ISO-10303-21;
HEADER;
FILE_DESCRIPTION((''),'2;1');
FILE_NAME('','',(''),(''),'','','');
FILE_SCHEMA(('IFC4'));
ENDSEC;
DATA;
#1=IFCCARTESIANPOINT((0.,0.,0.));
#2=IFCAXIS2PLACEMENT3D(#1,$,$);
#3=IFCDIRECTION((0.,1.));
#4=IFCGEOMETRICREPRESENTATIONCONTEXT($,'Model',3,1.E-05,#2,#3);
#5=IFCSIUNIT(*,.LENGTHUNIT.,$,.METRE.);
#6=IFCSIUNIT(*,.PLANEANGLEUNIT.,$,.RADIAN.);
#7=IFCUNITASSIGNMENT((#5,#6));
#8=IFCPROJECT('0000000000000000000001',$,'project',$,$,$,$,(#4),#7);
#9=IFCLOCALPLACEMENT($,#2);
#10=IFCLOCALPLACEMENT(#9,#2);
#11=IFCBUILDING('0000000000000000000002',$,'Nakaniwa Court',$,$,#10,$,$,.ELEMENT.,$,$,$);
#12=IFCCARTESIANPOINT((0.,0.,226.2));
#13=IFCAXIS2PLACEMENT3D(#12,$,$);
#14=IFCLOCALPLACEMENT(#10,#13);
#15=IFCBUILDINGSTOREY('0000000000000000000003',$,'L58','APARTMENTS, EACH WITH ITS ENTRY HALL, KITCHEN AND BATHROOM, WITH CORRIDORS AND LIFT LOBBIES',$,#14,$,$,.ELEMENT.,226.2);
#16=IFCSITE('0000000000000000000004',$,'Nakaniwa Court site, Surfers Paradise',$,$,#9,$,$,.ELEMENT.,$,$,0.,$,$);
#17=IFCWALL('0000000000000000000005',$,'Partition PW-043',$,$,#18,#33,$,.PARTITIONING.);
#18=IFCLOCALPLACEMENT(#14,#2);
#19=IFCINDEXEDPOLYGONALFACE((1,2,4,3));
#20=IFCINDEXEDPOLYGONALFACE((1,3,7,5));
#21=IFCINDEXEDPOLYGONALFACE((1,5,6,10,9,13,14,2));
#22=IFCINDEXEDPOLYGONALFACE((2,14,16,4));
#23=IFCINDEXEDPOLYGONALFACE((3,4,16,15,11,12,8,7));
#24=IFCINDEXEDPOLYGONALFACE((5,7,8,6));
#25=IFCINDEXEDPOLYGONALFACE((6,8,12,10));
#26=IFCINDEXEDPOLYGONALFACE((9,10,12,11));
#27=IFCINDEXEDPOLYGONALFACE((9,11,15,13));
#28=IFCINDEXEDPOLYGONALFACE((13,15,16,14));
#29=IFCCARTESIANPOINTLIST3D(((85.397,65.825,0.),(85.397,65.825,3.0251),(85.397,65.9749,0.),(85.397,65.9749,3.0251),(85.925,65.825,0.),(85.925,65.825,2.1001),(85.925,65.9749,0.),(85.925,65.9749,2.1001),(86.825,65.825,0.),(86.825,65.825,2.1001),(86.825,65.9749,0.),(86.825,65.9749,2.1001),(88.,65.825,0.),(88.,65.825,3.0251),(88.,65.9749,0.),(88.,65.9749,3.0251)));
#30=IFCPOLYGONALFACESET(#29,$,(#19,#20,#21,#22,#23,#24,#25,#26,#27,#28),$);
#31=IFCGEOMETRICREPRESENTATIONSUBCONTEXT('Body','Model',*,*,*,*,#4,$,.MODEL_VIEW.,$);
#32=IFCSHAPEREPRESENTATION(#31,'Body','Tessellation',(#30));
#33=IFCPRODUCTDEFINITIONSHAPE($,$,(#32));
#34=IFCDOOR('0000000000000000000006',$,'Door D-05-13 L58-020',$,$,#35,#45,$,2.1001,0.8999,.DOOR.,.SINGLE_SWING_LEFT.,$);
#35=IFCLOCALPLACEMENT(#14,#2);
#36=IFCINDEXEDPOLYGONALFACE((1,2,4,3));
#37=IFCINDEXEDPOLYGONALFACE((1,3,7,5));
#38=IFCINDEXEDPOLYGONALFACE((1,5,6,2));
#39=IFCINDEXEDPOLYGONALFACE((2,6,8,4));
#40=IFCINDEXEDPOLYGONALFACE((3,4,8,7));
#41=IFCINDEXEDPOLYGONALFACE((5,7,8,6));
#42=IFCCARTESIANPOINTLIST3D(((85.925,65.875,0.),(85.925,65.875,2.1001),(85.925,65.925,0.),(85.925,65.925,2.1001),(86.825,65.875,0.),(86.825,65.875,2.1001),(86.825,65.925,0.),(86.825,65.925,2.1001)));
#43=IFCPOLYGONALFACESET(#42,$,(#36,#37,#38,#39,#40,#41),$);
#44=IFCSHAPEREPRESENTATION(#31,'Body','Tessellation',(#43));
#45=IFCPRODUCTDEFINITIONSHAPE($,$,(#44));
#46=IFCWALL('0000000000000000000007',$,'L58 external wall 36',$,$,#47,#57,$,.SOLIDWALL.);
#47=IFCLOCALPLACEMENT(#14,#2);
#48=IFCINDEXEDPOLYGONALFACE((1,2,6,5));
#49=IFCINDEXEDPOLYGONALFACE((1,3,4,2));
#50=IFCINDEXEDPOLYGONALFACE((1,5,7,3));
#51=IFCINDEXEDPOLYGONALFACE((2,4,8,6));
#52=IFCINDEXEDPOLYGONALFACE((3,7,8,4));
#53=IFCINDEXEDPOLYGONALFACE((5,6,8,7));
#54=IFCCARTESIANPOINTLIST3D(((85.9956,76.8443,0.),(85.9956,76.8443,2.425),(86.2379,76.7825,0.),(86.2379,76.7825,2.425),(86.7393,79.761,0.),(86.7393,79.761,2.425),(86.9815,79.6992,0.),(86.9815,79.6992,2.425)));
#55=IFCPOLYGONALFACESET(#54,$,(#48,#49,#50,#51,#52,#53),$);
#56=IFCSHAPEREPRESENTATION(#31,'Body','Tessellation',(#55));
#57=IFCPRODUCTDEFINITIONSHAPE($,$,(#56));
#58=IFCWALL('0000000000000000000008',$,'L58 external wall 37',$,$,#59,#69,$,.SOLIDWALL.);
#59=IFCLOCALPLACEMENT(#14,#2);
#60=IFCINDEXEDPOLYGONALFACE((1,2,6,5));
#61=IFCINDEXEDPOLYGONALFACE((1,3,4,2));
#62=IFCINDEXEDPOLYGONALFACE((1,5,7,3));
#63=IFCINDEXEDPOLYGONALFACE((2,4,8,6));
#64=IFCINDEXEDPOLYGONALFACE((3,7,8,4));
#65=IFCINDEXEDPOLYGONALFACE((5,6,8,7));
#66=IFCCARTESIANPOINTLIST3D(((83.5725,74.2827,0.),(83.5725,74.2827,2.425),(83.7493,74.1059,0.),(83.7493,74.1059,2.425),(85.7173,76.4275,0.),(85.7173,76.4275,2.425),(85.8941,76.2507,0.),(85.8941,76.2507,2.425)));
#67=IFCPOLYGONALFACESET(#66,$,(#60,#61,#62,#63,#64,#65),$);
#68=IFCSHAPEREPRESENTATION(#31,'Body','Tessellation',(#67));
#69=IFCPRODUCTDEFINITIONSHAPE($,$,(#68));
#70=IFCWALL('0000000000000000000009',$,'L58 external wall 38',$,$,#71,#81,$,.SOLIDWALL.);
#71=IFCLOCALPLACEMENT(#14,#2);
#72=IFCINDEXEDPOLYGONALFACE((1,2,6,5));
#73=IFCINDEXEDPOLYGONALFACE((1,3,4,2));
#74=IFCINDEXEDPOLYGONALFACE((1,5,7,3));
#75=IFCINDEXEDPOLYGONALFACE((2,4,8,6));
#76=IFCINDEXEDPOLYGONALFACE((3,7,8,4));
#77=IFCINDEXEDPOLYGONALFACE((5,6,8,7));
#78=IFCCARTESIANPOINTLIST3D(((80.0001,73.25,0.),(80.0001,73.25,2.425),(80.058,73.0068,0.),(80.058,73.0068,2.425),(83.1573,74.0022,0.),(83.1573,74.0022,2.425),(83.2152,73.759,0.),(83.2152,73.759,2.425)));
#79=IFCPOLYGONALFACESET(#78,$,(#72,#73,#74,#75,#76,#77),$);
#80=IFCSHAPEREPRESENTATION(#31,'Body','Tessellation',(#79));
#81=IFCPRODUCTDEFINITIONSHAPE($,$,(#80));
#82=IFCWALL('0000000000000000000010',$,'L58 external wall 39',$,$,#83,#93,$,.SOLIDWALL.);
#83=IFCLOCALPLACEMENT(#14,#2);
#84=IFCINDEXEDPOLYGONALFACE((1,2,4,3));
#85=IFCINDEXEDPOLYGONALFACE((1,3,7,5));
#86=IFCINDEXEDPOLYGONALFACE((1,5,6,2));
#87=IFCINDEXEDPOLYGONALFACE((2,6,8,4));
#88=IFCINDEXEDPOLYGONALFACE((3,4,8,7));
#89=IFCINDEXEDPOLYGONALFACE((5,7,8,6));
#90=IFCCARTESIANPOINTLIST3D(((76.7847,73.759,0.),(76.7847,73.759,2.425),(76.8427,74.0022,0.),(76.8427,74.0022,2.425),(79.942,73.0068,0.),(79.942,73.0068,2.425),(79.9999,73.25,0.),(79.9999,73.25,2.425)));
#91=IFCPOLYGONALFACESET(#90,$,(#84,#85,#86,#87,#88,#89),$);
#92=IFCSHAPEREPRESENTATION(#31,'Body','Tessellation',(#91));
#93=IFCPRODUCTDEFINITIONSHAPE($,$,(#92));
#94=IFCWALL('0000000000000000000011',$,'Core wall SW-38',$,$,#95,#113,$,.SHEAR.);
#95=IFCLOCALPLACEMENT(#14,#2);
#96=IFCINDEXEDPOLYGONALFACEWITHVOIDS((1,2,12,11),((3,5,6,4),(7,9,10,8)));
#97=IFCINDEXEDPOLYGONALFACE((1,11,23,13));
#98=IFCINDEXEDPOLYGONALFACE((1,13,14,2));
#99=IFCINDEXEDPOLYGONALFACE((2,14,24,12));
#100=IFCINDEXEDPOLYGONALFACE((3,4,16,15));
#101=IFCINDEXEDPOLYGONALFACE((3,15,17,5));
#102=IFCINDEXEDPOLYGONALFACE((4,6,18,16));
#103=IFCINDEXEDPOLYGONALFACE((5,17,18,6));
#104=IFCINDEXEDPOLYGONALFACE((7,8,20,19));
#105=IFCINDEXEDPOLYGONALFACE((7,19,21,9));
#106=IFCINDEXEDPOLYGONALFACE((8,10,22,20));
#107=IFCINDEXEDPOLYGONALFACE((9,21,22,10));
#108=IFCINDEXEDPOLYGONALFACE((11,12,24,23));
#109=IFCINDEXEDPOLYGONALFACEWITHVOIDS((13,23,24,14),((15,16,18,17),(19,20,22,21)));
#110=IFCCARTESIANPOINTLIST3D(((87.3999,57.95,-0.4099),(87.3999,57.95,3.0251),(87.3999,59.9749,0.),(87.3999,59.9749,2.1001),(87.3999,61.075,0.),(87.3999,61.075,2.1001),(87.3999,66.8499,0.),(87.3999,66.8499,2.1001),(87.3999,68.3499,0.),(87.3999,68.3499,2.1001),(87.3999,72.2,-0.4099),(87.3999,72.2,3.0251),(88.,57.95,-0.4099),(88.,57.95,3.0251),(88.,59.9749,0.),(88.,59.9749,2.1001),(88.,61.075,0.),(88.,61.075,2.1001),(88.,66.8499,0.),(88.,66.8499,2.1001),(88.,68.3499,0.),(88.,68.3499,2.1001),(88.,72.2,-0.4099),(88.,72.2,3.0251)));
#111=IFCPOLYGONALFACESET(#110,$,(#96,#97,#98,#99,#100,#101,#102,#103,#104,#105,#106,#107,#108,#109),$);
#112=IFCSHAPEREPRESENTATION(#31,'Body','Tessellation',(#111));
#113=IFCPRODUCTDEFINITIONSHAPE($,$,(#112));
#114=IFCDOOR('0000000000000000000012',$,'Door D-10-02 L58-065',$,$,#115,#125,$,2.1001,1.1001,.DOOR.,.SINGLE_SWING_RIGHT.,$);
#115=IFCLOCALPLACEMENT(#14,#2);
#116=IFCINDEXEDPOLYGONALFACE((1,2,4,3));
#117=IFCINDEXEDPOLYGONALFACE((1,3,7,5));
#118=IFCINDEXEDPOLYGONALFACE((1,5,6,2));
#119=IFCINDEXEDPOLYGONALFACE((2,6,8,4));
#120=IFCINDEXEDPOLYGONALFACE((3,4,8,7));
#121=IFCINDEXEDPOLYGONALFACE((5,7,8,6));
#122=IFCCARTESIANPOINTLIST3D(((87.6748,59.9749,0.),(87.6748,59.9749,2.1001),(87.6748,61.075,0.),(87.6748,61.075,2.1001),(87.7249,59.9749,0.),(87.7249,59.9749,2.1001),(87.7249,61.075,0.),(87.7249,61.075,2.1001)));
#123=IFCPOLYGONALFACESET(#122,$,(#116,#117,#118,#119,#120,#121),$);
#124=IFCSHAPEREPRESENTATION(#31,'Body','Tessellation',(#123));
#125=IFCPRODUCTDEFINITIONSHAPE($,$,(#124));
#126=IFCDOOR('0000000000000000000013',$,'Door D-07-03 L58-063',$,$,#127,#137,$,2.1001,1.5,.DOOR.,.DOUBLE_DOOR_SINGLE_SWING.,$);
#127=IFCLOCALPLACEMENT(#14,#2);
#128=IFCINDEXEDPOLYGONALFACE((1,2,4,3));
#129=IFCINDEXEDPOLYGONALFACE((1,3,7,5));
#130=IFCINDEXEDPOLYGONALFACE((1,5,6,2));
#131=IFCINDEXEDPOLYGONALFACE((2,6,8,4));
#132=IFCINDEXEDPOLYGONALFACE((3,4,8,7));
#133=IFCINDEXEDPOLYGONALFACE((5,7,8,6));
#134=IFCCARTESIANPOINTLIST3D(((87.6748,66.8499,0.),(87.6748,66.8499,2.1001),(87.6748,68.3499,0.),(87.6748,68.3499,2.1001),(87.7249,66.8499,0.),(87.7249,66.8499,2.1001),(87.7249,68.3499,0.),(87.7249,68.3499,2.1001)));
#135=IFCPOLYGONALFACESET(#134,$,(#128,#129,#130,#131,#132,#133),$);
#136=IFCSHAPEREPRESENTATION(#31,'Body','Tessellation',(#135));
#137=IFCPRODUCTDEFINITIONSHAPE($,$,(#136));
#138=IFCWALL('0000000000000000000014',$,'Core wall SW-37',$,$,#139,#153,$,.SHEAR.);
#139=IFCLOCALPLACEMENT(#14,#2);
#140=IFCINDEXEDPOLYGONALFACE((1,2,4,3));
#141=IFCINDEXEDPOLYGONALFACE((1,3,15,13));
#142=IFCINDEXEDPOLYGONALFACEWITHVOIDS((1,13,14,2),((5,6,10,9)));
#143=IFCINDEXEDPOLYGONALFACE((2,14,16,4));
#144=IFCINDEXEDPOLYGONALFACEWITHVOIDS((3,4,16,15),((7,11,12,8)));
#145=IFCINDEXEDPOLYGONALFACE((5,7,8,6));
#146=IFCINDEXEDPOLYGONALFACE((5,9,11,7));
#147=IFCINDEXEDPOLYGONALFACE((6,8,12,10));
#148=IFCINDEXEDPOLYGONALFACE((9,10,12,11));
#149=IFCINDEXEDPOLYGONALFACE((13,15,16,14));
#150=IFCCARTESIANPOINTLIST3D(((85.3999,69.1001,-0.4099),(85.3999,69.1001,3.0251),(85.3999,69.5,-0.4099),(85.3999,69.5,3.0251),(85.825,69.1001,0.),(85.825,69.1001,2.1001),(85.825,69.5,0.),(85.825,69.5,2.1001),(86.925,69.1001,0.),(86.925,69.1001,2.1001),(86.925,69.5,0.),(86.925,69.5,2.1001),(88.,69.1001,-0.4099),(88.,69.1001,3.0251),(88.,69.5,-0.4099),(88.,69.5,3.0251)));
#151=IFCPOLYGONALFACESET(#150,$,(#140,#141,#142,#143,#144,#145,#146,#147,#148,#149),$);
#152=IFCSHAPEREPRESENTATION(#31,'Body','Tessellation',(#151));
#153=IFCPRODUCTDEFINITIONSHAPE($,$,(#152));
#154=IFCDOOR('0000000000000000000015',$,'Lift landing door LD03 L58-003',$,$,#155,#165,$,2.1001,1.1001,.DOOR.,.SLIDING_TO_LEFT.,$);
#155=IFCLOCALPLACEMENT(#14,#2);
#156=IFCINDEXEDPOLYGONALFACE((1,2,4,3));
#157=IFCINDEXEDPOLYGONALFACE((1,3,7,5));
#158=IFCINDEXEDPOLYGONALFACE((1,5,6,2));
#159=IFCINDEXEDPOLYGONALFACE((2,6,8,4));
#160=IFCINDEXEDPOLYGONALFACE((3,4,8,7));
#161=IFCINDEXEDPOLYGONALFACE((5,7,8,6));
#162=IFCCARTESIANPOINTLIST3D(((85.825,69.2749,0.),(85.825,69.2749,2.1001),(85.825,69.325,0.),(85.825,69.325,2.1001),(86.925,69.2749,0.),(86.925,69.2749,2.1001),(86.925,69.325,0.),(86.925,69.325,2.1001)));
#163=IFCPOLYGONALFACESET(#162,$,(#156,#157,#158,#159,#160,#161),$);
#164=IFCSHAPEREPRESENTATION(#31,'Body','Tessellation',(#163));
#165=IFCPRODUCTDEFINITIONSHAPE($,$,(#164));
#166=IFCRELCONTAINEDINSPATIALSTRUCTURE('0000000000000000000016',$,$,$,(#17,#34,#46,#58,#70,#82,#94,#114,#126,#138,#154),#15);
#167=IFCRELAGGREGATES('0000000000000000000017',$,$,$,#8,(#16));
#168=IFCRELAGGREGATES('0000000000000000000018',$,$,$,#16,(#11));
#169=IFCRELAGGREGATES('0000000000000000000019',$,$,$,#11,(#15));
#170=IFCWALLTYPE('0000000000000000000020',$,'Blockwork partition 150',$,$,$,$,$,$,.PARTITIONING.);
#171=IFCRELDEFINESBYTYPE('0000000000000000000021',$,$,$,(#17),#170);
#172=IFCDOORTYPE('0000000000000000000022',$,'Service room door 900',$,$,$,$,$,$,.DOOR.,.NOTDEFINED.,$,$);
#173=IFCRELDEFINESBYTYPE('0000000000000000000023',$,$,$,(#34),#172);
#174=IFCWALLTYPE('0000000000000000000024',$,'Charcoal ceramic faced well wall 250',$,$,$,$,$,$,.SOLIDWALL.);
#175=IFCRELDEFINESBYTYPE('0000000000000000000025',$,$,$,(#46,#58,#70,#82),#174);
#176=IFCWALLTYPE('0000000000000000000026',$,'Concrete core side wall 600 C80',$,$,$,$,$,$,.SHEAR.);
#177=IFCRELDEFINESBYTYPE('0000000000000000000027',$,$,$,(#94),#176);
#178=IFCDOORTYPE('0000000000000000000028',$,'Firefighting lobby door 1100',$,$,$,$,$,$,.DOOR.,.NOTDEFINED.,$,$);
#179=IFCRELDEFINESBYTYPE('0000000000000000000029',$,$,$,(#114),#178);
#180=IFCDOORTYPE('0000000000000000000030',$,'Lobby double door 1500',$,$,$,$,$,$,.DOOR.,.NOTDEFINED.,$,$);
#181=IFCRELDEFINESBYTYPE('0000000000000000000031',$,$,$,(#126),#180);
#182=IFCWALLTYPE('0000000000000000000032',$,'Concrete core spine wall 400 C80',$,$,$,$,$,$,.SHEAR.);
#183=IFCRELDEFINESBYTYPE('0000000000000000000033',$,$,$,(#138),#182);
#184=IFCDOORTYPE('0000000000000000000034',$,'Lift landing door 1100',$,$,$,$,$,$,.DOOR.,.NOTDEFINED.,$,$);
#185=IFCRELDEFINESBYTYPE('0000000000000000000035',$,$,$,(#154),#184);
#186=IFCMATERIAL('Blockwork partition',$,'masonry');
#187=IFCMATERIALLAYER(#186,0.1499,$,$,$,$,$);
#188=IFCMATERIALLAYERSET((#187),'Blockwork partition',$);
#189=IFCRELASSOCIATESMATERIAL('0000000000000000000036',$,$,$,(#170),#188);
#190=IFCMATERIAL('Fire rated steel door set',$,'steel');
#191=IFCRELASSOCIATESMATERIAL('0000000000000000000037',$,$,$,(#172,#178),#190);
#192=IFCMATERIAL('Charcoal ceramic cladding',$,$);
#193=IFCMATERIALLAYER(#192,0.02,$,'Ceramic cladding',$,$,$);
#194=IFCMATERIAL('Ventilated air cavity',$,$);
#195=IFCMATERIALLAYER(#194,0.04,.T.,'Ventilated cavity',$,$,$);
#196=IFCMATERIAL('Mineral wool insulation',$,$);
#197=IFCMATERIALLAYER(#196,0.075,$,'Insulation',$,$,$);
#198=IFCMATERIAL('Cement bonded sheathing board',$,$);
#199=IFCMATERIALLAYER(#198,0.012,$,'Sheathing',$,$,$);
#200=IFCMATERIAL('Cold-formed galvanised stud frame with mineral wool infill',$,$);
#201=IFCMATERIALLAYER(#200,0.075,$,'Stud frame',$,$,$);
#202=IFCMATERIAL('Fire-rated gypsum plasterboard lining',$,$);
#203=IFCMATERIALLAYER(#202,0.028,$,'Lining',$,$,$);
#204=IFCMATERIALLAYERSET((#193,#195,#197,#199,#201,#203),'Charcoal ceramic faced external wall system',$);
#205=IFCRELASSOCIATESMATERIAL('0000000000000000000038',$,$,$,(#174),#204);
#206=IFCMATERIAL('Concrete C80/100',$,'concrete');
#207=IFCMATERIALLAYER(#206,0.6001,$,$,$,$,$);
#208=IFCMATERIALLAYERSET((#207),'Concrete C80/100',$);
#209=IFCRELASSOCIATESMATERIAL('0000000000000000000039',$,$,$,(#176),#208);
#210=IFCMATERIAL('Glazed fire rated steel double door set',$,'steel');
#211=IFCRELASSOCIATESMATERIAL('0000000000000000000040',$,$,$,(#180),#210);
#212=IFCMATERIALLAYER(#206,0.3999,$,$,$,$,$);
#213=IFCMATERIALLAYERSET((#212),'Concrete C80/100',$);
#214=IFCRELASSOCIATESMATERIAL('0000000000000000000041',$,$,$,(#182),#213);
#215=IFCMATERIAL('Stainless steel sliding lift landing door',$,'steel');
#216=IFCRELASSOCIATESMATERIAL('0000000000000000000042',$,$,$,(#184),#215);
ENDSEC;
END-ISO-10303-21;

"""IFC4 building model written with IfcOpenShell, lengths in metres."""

from ifc_helpers import new_model, si_unit, direction, frame, frame_2d, origin, place, context, subcontext, project, spatial, rectangle, extrude, material, layer, layer_set, type_object, element, fill, save


model = new_model("IFC4")

# Units and contexts
model_context = context("Model", 3, precision=1e-05, world=origin(), true_north=direction((0.0, 1.0)))
body_context = subcontext(model_context, "Body", "Model", "MODEL_VIEW")
ifc_project = project(units=[si_unit("LENGTHUNIT", "METRE"), si_unit("PLANEANGLEUNIT", "RADIAN")], contexts=[model_context])

# Site, building, storey
site_placement = place(None, origin())
site = spatial("IfcSite", under=ifc_project, at=site_placement, Name="Nakaniwa Court site, Surfers Paradise", CompositionType="ELEMENT", RefElevation=0.0)
building_placement = place(site_placement, origin())
building = spatial("IfcBuilding", under=site, at=building_placement, Name="Nakaniwa Court", CompositionType="ELEMENT")
storey_placement = place(building_placement, frame((0.0, 0.0, 226.2)))
storey = spatial("IfcBuildingStorey", under=building, at=storey_placement, Name="L58", Description="APARTMENTS, EACH WITH ITS ENTRY HALL, KITCHEN AND BATHROOM, WITH CORRIDORS AND LIFT LOBBIES", CompositionType="ELEMENT", Elevation=226.2)

# Shared definitions
ifc_material_1 = material(Name="Concrete C80/100", Category="concrete")

# Shared definitions
ifc_material_2 = material(Name="Blockwork partition", Category="masonry")
ifc_layer_1 = layer(ifc_material_2, 0.1499)
ifc_layer_set_1 = layer_set([ifc_layer_1], Name="Blockwork partition")
wall_type_1 = type_object("IfcWallType", Name="Blockwork partition 150", PredefinedType="PARTITIONING", material=ifc_layer_set_1)

# Wall, opening, door
wall_1_placement = place(storey_placement, frame((88.0, 65.8999, 0.0), z_axis=(0.0, 0.0, 1.0), x_axis=(-1.0, 0.0, 0.0)))
wall_1 = element("IfcWall", 1, at=wall_1_placement, inside=storey, type_object=wall_type_1, Name="Partition PW-043", PredefinedType="PARTITIONING", context=body_context, shape_type="SweptSolid", body=[
    extrude(rectangle(XDim=2.603, YDim=0.1499, at=frame_2d((1.3015, 0.0))), origin(), (0.0, 0.0, 1.0), 3.0251),
])
opening_1_placement = place(wall_1_placement, frame((1.175, 0.0, 0.0)))
opening_1 = element("IfcOpeningElement", 2, at=opening_1_placement, cuts=wall_1, PredefinedType="OPENING", context=body_context, shape_type="SweptSolid", body=[
    extrude(rectangle(XDim=0.8999, YDim=2.1001, at=frame_2d((0.45, 1.05))), frame((0.0, 0.085, 0.0), z_axis=(0.0, -1.0, 0.0), x_axis=(1.0, 0.0, 0.0)), (0.0, 0.0, 1.0), 0.1699),
])
ifc_material_3 = material(Name="Fire rated steel door set", Category="steel")
door_type_1 = type_object("IfcDoorType", Name="Service room door 900", OperationType="NOTDEFINED", PredefinedType="DOOR", material=ifc_material_3)
door_1_placement = place(opening_1_placement, origin())
door_1 = element("IfcDoor", 3, at=door_1_placement, inside=storey, type_object=door_type_1, Name="Door D-05-13 L58-020", OperationType="SINGLE_SWING_LEFT", OverallHeight=2.1001, OverallWidth=0.8999, PredefinedType="DOOR", context=body_context, shape_type="SweptSolid", body=[
    extrude(rectangle(XDim=0.8999, YDim=2.1001, at=frame_2d((0.45, 1.05))), frame((0.0, 0.0249, 0.0), z_axis=(0.0, -1.0, 0.0), x_axis=(1.0, 0.0, 0.0)), (0.0, 0.0, 1.0), 0.05),
])
fill(opening_1, door_1)

# Walls
ifc_material_4 = material(Name="Charcoal ceramic cladding")
ifc_layer_2 = layer(ifc_material_4, 0.02, Name="Ceramic cladding")
ifc_material_5 = material(Name="Ventilated air cavity")
ifc_layer_3 = layer(ifc_material_5, 0.04, ventilated=True, Name="Ventilated cavity")
ifc_material_6 = material(Name="Mineral wool insulation")
ifc_layer_4 = layer(ifc_material_6, 0.075, Name="Insulation")
ifc_material_7 = material(Name="Cement bonded sheathing board")
ifc_layer_5 = layer(ifc_material_7, 0.012, Name="Sheathing")
ifc_material_8 = material(Name="Cold-formed galvanised stud frame with mineral wool infill")
ifc_layer_6 = layer(ifc_material_8, 0.075, Name="Stud frame")
ifc_material_9 = material(Name="Fire-rated gypsum plasterboard lining")
ifc_layer_7 = layer(ifc_material_9, 0.028, Name="Lining")
ifc_layer_set_2 = layer_set([ifc_layer_2, ifc_layer_3, ifc_layer_4, ifc_layer_5, ifc_layer_6, ifc_layer_7], Name="Charcoal ceramic faced external wall system")
wall_type_2 = type_object("IfcWallType", Name="Charcoal ceramic faced well wall 250", PredefinedType="SOLIDWALL", material=ifc_layer_set_2)
wall_2_placement = place(storey_placement, frame((86.8604, 79.73, 0.0), z_axis=(0.0, 0.0, 1.0), x_axis=(-0.247056, -0.969001, 0.0)))
element("IfcWall", 4, at=wall_2_placement, inside=storey, type_object=wall_type_2, Name="L58 external wall 36", PredefinedType="SOLIDWALL", context=body_context, shape_type="SweptSolid", body=[
    extrude(rectangle(XDim=3.01, YDim=0.25, at=frame_2d((1.5049, 0.0))), origin(), (0.0, 0.0, 1.0), 2.425),
])
wall_3_placement = place(storey_placement, frame((85.8057, 76.3391, 0.0), z_axis=(0.0, 0.0, 1.0), x_axis=(-0.707107, -0.707107, 0.0)))
element("IfcWall", 5, at=wall_3_placement, inside=storey, type_object=wall_type_2, Name="L58 external wall 37", PredefinedType="SOLIDWALL", context=body_context, shape_type="SweptSolid", body=[
    extrude(rectangle(XDim=3.0332, YDim=0.25, at=frame_2d((1.5166, 0.0))), origin(), (0.0, 0.0, 1.0), 2.425),
])
for number, where, z_axis, x_axis, name in (
    (6, (83.1863, 73.8806, 0.0), (0.0, 0.0, 1.0), (-0.972773, -0.23176, 0.0), "L58 external wall 38"),
    (7, (79.9709, 73.1284, 0.0), (0.0, 0.0, 1.0), (-0.972773, 0.23176, 0.0), "L58 external wall 39"),
):
    element("IfcWall", number, at=place(storey_placement, frame(where, z_axis=z_axis, x_axis=x_axis)), inside=storey, type_object=wall_type_2, Name=name, PredefinedType="SOLIDWALL", context=body_context, shape_type="SweptSolid", body=[
        extrude(rectangle(XDim=3.2456, YDim=0.25, at=frame_2d((1.6228, 0.0))), origin(), (0.0, 0.0, 1.0), 2.425),
    ])

# Wall, openings, doors
ifc_layer_8 = layer(ifc_material_1, 0.6001)
ifc_layer_set_3 = layer_set([ifc_layer_8], Name="Concrete C80/100")
wall_type_3 = type_object("IfcWallType", Name="Concrete core side wall 600 C80", PredefinedType="SHEAR", material=ifc_layer_set_3)
wall_4_placement = place(storey_placement, frame((87.7, 72.2, -0.4099), z_axis=(0.0, 0.0, 1.0), x_axis=(0.0, -1.0, 0.0)))
wall_4 = element("IfcWall", 8, at=wall_4_placement, inside=storey, type_object=wall_type_3, Name="Core wall SW-38", PredefinedType="SHEAR", context=body_context, shape_type="SweptSolid", body=[
    extrude(rectangle(XDim=14.25, YDim=0.6001, at=frame_2d((7.125, 0.0))), origin(), (0.0, 0.0, 1.0), 3.4351),
])
opening_2_placement = place(wall_4_placement, frame((3.8501, 0.0, 0.4099)))
opening_2 = element("IfcOpeningElement", 9, at=opening_2_placement, cuts=wall_4, PredefinedType="OPENING", context=body_context, shape_type="SweptSolid", body=[
    extrude(rectangle(XDim=1.5, YDim=2.1001, at=frame_2d((0.75, 1.05))), frame((0.0, 0.3101, 0.0), z_axis=(0.0, -1.0, 0.0), x_axis=(1.0, 0.0, 0.0)), (0.0, 0.0, 1.0), 0.6201),
])
opening_3_placement = place(wall_4_placement, frame((11.125, 0.0, 0.4099)))
opening_3 = element("IfcOpeningElement", 10, at=opening_3_placement, cuts=wall_4, PredefinedType="OPENING", context=body_context, shape_type="SweptSolid", body=[
    extrude(rectangle(XDim=1.1001, YDim=2.1001, at=frame_2d((0.55, 1.05))), frame((0.0, 0.3101, 0.0), z_axis=(0.0, -1.0, 0.0), x_axis=(1.0, 0.0, 0.0)), (0.0, 0.0, 1.0), 0.6201),
])
door_type_2 = type_object("IfcDoorType", Name="Firefighting lobby door 1100", OperationType="NOTDEFINED", PredefinedType="DOOR", material=ifc_material_3)
door_2_placement = place(opening_3_placement, origin())
door_2 = element("IfcDoor", 11, at=door_2_placement, inside=storey, type_object=door_type_2, Name="Door D-10-02 L58-065", OperationType="SINGLE_SWING_RIGHT", OverallHeight=2.1001, OverallWidth=1.1001, PredefinedType="DOOR", context=body_context, shape_type="SweptSolid", body=[
    extrude(rectangle(XDim=1.1001, YDim=2.1001, at=frame_2d((0.55, 1.05))), frame((0.0, 0.0249, 0.0), z_axis=(0.0, -1.0, 0.0), x_axis=(1.0, 0.0, 0.0)), (0.0, 0.0, 1.0), 0.05),
])
fill(opening_3, door_2)
ifc_material_10 = material(Name="Glazed fire rated steel double door set", Category="steel")
door_type_3 = type_object("IfcDoorType", Name="Lobby double door 1500", OperationType="NOTDEFINED", PredefinedType="DOOR", material=ifc_material_10)
door_3_placement = place(opening_2_placement, origin())
door_3 = element("IfcDoor", 12, at=door_3_placement, inside=storey, type_object=door_type_3, Name="Door D-07-03 L58-063", OperationType="DOUBLE_DOOR_SINGLE_SWING", OverallHeight=2.1001, OverallWidth=1.5, PredefinedType="DOOR", context=body_context, shape_type="SweptSolid", body=[
    extrude(rectangle(XDim=1.5, YDim=2.1001, at=frame_2d((0.75, 1.05))), frame((0.0, 0.0249, 0.0), z_axis=(0.0, -1.0, 0.0), x_axis=(1.0, 0.0, 0.0)), (0.0, 0.0, 1.0), 0.05),
])
fill(opening_2, door_3)

# Wall, opening, door
ifc_layer_9 = layer(ifc_material_1, 0.3999)
ifc_layer_set_4 = layer_set([ifc_layer_9], Name="Concrete C80/100")
wall_type_4 = type_object("IfcWallType", Name="Concrete core spine wall 400 C80", PredefinedType="SHEAR", material=ifc_layer_set_4)
wall_5_placement = place(storey_placement, frame((85.3999, 69.3, -0.4099), z_axis=(0.0, 0.0, 1.0), x_axis=(1.0, 0.0, 0.0)))
wall_5 = element("IfcWall", 13, at=wall_5_placement, inside=storey, type_object=wall_type_4, Name="Core wall SW-37", PredefinedType="SHEAR", context=body_context, shape_type="SweptSolid", body=[
    extrude(rectangle(XDim=2.6001, YDim=0.3999, at=frame_2d((1.3, 0.0))), origin(), (0.0, 0.0, 1.0), 3.4351),
])
opening_4_placement = place(wall_5_placement, frame((0.425, 0.0, 0.4099)))
opening_4 = element("IfcOpeningElement", 14, at=opening_4_placement, cuts=wall_5, PredefinedType="OPENING", context=body_context, shape_type="SweptSolid", body=[
    extrude(rectangle(XDim=1.1001, YDim=2.1001, at=frame_2d((0.55, 1.05))), frame((0.0, 0.21, 0.0), z_axis=(0.0, -1.0, 0.0), x_axis=(1.0, 0.0, 0.0)), (0.0, 0.0, 1.0), 0.4199),
])
ifc_material_11 = material(Name="Stainless steel sliding lift landing door", Category="steel")
door_type_4 = type_object("IfcDoorType", Name="Lift landing door 1100", OperationType="NOTDEFINED", PredefinedType="DOOR", material=ifc_material_11)
door_4_placement = place(opening_4_placement, origin())
door_4 = element("IfcDoor", 15, at=door_4_placement, inside=storey, type_object=door_type_4, Name="Lift landing door LD03 L58-003", OperationType="SLIDING_TO_LEFT", OverallHeight=2.1001, OverallWidth=1.1001, PredefinedType="DOOR", context=body_context, shape_type="SweptSolid", body=[
    extrude(rectangle(XDim=1.1001, YDim=2.1001, at=frame_2d((0.55, 1.05))), frame((0.0, 0.0249, 0.0), z_axis=(0.0, -1.0, 0.0), x_axis=(1.0, 0.0, 0.0)), (0.0, 0.0, 1.0), 0.05),
])
fill(opening_4, door_4)

save(model, "model.ifc")
